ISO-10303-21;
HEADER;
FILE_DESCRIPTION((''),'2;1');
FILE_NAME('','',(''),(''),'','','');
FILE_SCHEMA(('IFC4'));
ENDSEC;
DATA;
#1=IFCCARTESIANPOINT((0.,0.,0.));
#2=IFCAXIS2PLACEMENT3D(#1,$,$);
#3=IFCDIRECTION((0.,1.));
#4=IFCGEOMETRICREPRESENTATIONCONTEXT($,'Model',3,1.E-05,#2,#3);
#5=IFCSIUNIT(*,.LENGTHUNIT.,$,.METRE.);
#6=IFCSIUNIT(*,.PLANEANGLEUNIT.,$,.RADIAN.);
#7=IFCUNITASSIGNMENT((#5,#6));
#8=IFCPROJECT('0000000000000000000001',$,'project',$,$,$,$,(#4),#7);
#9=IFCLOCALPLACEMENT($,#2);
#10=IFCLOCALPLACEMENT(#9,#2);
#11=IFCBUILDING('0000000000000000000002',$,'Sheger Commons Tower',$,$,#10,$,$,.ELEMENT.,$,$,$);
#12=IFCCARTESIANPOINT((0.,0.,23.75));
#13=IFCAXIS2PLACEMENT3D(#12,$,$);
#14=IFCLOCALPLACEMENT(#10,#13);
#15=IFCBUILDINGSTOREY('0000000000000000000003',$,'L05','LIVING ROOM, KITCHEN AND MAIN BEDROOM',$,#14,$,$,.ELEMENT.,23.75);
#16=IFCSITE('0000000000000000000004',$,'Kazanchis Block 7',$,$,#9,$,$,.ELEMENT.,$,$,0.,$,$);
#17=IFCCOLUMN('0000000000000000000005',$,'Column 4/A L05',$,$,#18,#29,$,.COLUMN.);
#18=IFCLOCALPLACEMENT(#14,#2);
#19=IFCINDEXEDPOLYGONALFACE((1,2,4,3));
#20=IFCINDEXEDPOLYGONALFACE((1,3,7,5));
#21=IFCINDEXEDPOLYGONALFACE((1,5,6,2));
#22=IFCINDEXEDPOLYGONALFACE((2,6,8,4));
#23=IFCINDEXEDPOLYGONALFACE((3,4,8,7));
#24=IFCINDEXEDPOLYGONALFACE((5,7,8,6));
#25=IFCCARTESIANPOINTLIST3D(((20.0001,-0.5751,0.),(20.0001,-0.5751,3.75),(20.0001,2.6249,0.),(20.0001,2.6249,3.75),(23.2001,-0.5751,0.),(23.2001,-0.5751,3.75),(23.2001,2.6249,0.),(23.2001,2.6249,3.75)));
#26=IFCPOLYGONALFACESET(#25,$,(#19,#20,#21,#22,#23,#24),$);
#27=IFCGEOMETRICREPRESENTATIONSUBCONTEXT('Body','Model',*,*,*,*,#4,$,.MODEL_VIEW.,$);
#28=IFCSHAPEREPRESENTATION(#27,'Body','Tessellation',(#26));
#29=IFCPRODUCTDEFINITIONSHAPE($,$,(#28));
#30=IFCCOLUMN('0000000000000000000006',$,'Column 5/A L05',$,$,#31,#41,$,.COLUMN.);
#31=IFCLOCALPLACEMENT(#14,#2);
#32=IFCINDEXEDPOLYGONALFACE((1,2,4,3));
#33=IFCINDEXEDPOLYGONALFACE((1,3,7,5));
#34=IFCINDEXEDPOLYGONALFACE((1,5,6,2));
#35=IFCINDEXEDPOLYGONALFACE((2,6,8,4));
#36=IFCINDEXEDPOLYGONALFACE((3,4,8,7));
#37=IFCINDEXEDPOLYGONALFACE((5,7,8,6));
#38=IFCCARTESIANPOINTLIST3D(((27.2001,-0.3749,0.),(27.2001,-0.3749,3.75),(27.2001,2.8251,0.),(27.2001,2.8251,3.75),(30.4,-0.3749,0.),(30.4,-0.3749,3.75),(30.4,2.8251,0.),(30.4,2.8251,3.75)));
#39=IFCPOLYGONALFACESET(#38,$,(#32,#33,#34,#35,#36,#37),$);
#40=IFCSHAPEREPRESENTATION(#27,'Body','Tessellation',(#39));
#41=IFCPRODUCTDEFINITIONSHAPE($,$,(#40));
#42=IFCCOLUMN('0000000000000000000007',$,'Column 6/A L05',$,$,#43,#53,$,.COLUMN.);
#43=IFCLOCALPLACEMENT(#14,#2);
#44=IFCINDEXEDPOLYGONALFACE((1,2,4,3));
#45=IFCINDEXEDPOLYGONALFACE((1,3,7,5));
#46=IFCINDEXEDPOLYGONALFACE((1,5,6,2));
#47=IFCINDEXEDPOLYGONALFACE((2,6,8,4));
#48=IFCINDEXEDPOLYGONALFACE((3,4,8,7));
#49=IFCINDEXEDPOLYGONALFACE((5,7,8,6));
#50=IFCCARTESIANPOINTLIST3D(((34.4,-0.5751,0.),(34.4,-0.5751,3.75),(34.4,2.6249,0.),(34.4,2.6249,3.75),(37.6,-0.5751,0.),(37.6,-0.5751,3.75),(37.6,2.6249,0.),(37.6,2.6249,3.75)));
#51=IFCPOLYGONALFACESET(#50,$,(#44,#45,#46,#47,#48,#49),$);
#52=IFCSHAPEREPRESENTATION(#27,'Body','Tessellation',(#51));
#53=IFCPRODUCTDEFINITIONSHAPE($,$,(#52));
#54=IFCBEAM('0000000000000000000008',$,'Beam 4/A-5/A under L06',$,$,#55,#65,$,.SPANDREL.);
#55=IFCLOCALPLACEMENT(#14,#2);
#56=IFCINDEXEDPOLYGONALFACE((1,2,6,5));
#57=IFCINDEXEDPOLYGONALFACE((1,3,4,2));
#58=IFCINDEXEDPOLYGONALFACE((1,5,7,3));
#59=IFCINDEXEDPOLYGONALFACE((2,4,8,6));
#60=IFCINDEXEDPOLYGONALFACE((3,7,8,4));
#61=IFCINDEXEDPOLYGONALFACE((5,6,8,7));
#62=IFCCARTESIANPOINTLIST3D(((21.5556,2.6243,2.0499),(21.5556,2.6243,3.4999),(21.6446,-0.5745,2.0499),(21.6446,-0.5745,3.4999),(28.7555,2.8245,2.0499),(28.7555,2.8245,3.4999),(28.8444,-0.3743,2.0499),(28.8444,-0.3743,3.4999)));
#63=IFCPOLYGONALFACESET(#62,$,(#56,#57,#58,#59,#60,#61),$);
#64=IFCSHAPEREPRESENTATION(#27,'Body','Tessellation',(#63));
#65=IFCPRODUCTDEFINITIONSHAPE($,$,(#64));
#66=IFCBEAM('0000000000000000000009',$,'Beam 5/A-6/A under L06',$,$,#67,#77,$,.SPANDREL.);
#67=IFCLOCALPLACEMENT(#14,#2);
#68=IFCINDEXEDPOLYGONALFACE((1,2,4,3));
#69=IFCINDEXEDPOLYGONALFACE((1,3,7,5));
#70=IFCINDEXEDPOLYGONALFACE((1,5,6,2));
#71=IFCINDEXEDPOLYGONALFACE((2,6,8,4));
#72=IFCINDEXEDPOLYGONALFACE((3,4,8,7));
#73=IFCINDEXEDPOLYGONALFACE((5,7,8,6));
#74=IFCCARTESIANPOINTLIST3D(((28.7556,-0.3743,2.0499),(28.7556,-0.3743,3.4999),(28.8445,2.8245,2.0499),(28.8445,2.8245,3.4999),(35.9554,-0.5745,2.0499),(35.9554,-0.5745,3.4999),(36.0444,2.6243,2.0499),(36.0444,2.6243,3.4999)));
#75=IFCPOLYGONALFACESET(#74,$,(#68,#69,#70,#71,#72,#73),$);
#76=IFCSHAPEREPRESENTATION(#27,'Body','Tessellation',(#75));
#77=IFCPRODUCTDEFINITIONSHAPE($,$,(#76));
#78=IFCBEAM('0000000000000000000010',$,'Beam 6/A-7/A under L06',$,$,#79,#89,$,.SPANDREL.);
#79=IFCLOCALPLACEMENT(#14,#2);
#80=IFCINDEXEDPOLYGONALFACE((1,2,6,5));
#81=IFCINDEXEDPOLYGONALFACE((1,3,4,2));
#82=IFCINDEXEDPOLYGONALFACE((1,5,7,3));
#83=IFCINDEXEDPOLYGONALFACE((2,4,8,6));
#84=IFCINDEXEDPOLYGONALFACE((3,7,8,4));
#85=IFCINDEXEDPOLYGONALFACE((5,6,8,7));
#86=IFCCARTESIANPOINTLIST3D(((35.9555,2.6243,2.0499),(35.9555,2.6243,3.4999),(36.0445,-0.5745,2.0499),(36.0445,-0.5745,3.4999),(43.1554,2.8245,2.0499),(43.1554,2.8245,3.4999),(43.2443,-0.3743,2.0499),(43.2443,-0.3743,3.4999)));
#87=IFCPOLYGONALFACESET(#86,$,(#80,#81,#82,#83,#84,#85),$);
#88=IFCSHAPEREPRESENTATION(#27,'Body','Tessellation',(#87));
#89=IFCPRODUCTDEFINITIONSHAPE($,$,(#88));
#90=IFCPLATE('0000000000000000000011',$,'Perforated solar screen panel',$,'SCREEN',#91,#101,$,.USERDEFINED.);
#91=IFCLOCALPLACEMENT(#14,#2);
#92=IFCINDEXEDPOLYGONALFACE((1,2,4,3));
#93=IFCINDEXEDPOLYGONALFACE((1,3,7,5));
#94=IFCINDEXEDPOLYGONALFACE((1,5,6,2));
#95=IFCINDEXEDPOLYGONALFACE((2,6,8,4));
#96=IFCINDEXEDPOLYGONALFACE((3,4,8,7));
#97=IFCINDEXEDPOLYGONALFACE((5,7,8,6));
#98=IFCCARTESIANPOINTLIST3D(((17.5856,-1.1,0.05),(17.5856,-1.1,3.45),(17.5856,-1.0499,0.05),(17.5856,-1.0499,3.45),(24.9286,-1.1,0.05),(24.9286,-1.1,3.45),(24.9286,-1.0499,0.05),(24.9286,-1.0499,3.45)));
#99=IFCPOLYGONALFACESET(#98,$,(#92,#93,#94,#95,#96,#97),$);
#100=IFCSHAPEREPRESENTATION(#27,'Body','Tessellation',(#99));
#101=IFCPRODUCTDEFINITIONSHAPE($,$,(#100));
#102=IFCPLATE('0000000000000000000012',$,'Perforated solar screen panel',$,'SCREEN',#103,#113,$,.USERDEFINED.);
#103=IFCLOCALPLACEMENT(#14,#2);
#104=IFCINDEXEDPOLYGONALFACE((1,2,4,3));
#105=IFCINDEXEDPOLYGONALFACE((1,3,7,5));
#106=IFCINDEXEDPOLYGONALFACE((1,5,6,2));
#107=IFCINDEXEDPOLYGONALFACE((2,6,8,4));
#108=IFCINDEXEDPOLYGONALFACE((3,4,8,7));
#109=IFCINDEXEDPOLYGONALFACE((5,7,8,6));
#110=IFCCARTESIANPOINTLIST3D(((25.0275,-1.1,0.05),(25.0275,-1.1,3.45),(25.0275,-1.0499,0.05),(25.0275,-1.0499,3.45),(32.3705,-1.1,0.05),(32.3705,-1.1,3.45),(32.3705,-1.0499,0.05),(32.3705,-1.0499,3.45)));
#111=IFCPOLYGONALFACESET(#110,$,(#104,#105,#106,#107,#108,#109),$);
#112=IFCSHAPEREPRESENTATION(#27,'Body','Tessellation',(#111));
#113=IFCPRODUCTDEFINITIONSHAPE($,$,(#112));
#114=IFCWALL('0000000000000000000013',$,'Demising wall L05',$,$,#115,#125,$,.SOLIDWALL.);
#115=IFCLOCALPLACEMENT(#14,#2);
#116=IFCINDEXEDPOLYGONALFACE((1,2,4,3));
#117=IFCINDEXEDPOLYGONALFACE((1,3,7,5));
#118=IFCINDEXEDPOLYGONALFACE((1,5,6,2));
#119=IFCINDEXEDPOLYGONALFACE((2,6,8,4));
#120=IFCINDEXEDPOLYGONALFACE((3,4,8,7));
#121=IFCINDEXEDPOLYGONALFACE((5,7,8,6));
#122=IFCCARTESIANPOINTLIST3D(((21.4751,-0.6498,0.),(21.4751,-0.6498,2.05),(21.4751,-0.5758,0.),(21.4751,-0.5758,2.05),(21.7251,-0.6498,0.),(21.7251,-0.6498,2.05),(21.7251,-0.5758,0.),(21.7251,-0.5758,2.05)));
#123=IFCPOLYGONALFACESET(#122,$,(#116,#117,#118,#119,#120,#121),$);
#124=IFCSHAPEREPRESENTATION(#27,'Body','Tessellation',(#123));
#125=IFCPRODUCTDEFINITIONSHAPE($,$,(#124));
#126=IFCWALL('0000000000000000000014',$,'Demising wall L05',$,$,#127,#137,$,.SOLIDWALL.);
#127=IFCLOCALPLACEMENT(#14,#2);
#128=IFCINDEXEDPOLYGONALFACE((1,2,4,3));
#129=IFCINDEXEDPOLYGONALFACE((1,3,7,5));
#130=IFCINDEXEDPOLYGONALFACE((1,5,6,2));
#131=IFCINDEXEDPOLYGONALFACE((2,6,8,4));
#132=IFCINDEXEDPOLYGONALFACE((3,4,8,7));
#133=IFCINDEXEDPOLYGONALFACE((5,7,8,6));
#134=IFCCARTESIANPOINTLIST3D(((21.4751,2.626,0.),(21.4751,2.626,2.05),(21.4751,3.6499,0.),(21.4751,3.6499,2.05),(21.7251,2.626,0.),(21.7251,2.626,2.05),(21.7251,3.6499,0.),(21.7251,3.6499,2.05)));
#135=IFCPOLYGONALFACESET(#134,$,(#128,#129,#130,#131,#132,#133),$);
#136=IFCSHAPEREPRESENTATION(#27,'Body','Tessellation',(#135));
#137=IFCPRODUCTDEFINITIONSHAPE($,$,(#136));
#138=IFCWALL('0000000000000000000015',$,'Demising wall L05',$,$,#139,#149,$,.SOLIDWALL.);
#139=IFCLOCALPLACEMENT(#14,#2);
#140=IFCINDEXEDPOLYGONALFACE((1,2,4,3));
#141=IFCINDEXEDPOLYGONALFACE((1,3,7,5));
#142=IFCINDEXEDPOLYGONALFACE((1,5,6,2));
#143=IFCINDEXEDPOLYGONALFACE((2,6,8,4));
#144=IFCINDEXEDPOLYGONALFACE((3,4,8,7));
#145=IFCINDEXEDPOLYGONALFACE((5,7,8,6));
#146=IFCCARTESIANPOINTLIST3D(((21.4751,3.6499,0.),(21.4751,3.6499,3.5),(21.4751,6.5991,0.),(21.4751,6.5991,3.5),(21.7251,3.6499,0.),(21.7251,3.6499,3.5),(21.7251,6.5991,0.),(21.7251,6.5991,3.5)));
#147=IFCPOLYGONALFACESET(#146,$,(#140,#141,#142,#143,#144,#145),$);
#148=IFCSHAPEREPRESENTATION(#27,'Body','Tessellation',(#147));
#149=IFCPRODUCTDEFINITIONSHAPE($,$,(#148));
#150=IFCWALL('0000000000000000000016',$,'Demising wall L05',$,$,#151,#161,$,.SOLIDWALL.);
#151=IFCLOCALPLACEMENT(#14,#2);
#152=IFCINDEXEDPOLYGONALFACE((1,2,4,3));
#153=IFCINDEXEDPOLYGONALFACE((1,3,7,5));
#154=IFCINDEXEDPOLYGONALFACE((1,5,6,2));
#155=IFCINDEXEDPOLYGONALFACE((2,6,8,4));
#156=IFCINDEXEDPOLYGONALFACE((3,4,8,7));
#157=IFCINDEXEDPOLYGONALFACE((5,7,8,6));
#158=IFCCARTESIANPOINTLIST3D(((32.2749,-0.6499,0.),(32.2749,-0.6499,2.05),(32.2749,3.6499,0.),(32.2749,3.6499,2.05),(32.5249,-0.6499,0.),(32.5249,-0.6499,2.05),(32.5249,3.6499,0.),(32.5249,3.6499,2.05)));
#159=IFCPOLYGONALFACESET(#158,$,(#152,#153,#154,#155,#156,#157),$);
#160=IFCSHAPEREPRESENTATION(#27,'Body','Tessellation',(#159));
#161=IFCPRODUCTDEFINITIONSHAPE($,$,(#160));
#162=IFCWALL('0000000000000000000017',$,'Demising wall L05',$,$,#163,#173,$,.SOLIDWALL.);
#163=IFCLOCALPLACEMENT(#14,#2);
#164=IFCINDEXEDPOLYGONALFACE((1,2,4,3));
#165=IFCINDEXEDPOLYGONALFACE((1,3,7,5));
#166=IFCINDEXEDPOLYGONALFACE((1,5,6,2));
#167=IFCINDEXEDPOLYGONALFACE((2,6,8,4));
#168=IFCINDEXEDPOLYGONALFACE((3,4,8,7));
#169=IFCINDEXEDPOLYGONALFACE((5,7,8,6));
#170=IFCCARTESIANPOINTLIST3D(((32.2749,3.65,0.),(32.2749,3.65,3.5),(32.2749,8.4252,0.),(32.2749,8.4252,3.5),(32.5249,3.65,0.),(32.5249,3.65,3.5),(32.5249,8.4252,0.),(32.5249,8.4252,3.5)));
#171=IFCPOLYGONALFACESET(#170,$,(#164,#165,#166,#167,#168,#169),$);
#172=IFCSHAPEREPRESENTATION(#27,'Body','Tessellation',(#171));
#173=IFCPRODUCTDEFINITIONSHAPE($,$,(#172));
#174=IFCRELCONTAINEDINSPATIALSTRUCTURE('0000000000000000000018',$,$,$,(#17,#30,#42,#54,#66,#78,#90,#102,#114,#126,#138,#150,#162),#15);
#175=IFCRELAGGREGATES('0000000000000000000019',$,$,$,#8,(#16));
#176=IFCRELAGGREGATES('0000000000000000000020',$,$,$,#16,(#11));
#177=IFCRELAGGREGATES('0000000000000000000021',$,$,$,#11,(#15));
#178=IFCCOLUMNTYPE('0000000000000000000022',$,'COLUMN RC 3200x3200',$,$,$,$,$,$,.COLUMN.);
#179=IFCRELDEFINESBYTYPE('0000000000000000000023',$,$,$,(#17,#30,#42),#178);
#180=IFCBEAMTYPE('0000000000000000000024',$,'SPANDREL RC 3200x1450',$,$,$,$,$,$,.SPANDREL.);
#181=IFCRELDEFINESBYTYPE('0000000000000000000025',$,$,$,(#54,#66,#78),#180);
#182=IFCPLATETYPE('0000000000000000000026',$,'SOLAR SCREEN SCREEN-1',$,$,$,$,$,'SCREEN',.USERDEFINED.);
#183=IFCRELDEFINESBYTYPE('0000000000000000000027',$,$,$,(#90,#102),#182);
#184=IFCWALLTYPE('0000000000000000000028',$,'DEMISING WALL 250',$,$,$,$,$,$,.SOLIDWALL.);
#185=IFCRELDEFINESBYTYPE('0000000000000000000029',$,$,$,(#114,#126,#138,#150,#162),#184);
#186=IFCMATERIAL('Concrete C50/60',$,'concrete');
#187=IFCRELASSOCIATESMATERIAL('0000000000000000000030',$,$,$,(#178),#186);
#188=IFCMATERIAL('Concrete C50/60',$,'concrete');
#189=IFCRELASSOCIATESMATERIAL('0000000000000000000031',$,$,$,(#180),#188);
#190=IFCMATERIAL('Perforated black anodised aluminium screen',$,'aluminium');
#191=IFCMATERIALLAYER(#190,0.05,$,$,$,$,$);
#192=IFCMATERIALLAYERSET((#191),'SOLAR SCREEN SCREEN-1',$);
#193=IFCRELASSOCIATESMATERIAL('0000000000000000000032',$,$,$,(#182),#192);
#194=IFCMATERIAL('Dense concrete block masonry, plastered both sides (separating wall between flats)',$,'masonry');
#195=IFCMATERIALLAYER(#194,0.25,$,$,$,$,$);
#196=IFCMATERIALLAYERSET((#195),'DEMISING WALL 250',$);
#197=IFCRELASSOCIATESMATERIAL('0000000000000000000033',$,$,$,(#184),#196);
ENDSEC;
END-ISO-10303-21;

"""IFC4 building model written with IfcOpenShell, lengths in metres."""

from ifc_helpers import new_model, si_unit, direction, frame, frame_2d, origin, origin_2d, place, context, subcontext, project, spatial, rectangle, extrude, material, layer, layer_set, material_profile, profile_set, type_object, element, save


model = new_model("IFC4")

# Units and contexts
model_context = context("Model", 3, precision=1e-05, world=origin(), true_north=direction((0.0, 1.0)))
body_context = subcontext(model_context, "Body", "Model", "MODEL_VIEW")
ifc_project = project(units=[si_unit("LENGTHUNIT", "METRE"), si_unit("PLANEANGLEUNIT", "RADIAN")], contexts=[model_context])

# Site, building, storey
site_placement = place(None, origin())
site = spatial("IfcSite", under=ifc_project, at=site_placement, Name="Kazanchis Block 7", CompositionType="ELEMENT", RefElevation=0.0)
building_placement = place(site_placement, origin())
building = spatial("IfcBuilding", under=site, at=building_placement, Name="Sheger Commons Tower", CompositionType="ELEMENT")
storey_placement = place(building_placement, frame((0.0, 0.0, 23.75)))
storey = spatial("IfcBuildingStorey", under=building, at=storey_placement, Name="L05", Description="LIVING ROOM, KITCHEN AND MAIN BEDROOM", CompositionType="ELEMENT", Elevation=23.75)

# Columns
ifc_material_1 = material(Name="Concrete C50/60", Category="concrete")
ifc_material_profile_1 = material_profile(ifc_material_1, rectangle(XDim=3.2, YDim=3.2, at=origin_2d()), Name="RC 3200x3200")
ifc_profile_set_1 = profile_set([ifc_material_profile_1], Name="Concrete C50/60")
column_type = type_object("IfcColumnType", Name="COLUMN RC 3200x3200", PredefinedType="COLUMN", material=ifc_profile_set_1)
for number, where, z_axis, x_axis, name in (
    (1, (21.6001, 1.0249, 0.0), (0.0, 0.0, 1.0), (1.0, 0.0, 0.0), "Column 4/A L05"),
    (2, (28.8, 1.2251, 0.0), (0.0, 0.0, 1.0), (1.0, 0.0, 0.0), "Column 5/A L05"),
    (3, (36.0, 1.0249, 0.0), (0.0, 0.0, 1.0), (1.0, 0.0, 0.0), "Column 6/A L05"),
):
    element("IfcColumn", number, at=place(storey_placement, frame(where, z_axis=z_axis, x_axis=x_axis)), inside=storey, type_object=column_type, Name=name, PredefinedType="COLUMN", context=body_context, shape_type="SweptSolid", body=[
        extrude(rectangle(XDim=3.2, YDim=3.2, at=origin_2d()), origin(), (0.0, 0.0, 1.0), 3.75),
    ])

# Beams
ifc_material_2 = material(Name="Concrete C50/60", Category="concrete")
ifc_material_profile_2 = material_profile(ifc_material_2, rectangle(XDim=3.2, YDim=1.45, at=origin_2d()), Name="RC 3200x1450")
ifc_profile_set_2 = profile_set([ifc_material_profile_2], Name="Concrete C50/60")
beam_type = type_object("IfcBeamType", Name="SPANDREL RC 3200x1450", PredefinedType="SPANDREL", material=ifc_profile_set_2)
for number, where, z_axis, x_axis, name in (
    (4, (21.6001, 1.0249, 2.7749), (0.999614, 0.027794, 0.0), (-0.027794, 0.999614, 0.0), "Beam 4/A-5/A under L06"),
    (5, (28.8, 1.2251, 2.7749), (0.999614, -0.027794, 0.0), (0.027794, 0.999614, 0.0), "Beam 5/A-6/A under L06"),
    (6, (36.0, 1.0249, 2.7749), (0.999614, 0.027794, 0.0), (-0.027794, 0.999614, 0.0), "Beam 6/A-7/A under L06"),
):
    element("IfcBeam", number, at=place(storey_placement, frame(where, z_axis=z_axis, x_axis=x_axis)), inside=storey, type_object=beam_type, Name=name, PredefinedType="SPANDREL", context=body_context, shape_type="SweptSolid", body=[
        extrude(rectangle(XDim=3.2, YDim=1.45, at=origin_2d()), origin(), (0.0, 0.0, 1.0), 7.2026),
    ])

# Plates
ifc_material_3 = material(Name="Perforated black anodised aluminium screen", Category="aluminium")
ifc_layer_1 = layer(ifc_material_3, 0.05)
ifc_layer_set_1 = layer_set([ifc_layer_1], Name="SOLAR SCREEN SCREEN-1")
plate_type = type_object("IfcPlateType", Name="SOLAR SCREEN SCREEN-1", ElementType="SCREEN", PredefinedType="USERDEFINED", material=ifc_layer_set_1)
for number, where, z_axis, x_axis, name in (
    (7, (21.2571, -1.075, 0.05), (0.0, 0.0, 1.0), (1.0, 0.0, 0.0), "Perforated solar screen panel"),
    (8, (28.699, -1.075, 0.05), (0.0, 0.0, 1.0), (1.0, 0.0, 0.0), "Perforated solar screen panel"),
):
    element("IfcPlate", number, at=place(storey_placement, frame(where, z_axis=z_axis, x_axis=x_axis)), inside=storey, type_object=plate_type, Name=name, ObjectType="SCREEN", PredefinedType="USERDEFINED", context=body_context, shape_type="SweptSolid", body=[
        extrude(rectangle(XDim=7.343, YDim=0.05, at=origin_2d()), origin(), (0.0, 0.0, 1.0), 3.3999),
    ])

# Walls
ifc_material_4 = material(Name="Dense concrete block masonry, plastered both sides (separating wall between flats)", Category="masonry")
ifc_layer_2 = layer(ifc_material_4, 0.25)
ifc_layer_set_2 = layer_set([ifc_layer_2], Name="DEMISING WALL 250")
wall_type_1 = type_object("IfcWallType", Name="DEMISING WALL 250", PredefinedType="SOLIDWALL", material=ifc_layer_set_2)
wall_1_placement = place(storey_placement, frame((21.6001, -0.6499, 0.0), z_axis=(0.0, 0.0, 1.0), x_axis=(0.0, 1.0, 0.0)))
element("IfcWall", 9, at=wall_1_placement, inside=storey, type_object=wall_type_1, Name="Demising wall L05", PredefinedType="SOLIDWALL", context=body_context, shape_type="SweptSolid", body=[
    extrude(rectangle(XDim=0.074, YDim=0.25, at=frame_2d((0.0371, 0.0))), origin(), (0.0, 0.0, 1.0), 2.05),
])
wall_2_placement = place(storey_placement, frame((21.6001, 2.626, 0.0), z_axis=(0.0, 0.0, 1.0), x_axis=(0.0, 1.0, 0.0)))
element("IfcWall", 10, at=wall_2_placement, inside=storey, type_object=wall_type_1, Name="Demising wall L05", PredefinedType="SOLIDWALL", context=body_context, shape_type="SweptSolid", body=[
    extrude(rectangle(XDim=1.0239, YDim=0.25, at=frame_2d((0.512, 0.0))), origin(), (0.0, 0.0, 1.0), 2.05),
])
wall_3_placement = place(storey_placement, frame((21.6001, 3.6499, 0.0), z_axis=(0.0, 0.0, 1.0), x_axis=(0.0, 1.0, 0.0)))
element("IfcWall", 11, at=wall_3_placement, inside=storey, type_object=wall_type_1, Name="Demising wall L05", PredefinedType="SOLIDWALL", context=body_context, shape_type="SweptSolid", body=[
    extrude(rectangle(XDim=2.9492, YDim=0.25, at=frame_2d((1.4746, 0.0))), origin(), (0.0, 0.0, 1.0), 3.5),
])
wall_4_placement = place(storey_placement, frame((32.3999, -0.6499, 0.0), z_axis=(0.0, 0.0, 1.0), x_axis=(0.0, 1.0, 0.0)))
element("IfcWall", 12, at=wall_4_placement, inside=storey, type_object=wall_type_1, Name="Demising wall L05", PredefinedType="SOLIDWALL", context=body_context, shape_type="SweptSolid", body=[
    extrude(rectangle(XDim=4.2998, YDim=0.25, at=frame_2d((2.1499, 0.0))), origin(), (0.0, 0.0, 1.0), 2.05),
])
wall_5_placement = place(storey_placement, frame((32.3999, 3.6499, 0.0), z_axis=(0.0, 0.0, 1.0), x_axis=(0.0, 1.0, 0.0)))
element("IfcWall", 13, at=wall_5_placement, inside=storey, type_object=wall_type_1, Name="Demising wall L05", PredefinedType="SOLIDWALL", context=body_context, shape_type="SweptSolid", body=[
    extrude(rectangle(XDim=4.7751, YDim=0.25, at=frame_2d((2.3877, 0.0))), origin(), (0.0, 0.0, 1.0), 3.5),
])

save(model, "model.ifc")
